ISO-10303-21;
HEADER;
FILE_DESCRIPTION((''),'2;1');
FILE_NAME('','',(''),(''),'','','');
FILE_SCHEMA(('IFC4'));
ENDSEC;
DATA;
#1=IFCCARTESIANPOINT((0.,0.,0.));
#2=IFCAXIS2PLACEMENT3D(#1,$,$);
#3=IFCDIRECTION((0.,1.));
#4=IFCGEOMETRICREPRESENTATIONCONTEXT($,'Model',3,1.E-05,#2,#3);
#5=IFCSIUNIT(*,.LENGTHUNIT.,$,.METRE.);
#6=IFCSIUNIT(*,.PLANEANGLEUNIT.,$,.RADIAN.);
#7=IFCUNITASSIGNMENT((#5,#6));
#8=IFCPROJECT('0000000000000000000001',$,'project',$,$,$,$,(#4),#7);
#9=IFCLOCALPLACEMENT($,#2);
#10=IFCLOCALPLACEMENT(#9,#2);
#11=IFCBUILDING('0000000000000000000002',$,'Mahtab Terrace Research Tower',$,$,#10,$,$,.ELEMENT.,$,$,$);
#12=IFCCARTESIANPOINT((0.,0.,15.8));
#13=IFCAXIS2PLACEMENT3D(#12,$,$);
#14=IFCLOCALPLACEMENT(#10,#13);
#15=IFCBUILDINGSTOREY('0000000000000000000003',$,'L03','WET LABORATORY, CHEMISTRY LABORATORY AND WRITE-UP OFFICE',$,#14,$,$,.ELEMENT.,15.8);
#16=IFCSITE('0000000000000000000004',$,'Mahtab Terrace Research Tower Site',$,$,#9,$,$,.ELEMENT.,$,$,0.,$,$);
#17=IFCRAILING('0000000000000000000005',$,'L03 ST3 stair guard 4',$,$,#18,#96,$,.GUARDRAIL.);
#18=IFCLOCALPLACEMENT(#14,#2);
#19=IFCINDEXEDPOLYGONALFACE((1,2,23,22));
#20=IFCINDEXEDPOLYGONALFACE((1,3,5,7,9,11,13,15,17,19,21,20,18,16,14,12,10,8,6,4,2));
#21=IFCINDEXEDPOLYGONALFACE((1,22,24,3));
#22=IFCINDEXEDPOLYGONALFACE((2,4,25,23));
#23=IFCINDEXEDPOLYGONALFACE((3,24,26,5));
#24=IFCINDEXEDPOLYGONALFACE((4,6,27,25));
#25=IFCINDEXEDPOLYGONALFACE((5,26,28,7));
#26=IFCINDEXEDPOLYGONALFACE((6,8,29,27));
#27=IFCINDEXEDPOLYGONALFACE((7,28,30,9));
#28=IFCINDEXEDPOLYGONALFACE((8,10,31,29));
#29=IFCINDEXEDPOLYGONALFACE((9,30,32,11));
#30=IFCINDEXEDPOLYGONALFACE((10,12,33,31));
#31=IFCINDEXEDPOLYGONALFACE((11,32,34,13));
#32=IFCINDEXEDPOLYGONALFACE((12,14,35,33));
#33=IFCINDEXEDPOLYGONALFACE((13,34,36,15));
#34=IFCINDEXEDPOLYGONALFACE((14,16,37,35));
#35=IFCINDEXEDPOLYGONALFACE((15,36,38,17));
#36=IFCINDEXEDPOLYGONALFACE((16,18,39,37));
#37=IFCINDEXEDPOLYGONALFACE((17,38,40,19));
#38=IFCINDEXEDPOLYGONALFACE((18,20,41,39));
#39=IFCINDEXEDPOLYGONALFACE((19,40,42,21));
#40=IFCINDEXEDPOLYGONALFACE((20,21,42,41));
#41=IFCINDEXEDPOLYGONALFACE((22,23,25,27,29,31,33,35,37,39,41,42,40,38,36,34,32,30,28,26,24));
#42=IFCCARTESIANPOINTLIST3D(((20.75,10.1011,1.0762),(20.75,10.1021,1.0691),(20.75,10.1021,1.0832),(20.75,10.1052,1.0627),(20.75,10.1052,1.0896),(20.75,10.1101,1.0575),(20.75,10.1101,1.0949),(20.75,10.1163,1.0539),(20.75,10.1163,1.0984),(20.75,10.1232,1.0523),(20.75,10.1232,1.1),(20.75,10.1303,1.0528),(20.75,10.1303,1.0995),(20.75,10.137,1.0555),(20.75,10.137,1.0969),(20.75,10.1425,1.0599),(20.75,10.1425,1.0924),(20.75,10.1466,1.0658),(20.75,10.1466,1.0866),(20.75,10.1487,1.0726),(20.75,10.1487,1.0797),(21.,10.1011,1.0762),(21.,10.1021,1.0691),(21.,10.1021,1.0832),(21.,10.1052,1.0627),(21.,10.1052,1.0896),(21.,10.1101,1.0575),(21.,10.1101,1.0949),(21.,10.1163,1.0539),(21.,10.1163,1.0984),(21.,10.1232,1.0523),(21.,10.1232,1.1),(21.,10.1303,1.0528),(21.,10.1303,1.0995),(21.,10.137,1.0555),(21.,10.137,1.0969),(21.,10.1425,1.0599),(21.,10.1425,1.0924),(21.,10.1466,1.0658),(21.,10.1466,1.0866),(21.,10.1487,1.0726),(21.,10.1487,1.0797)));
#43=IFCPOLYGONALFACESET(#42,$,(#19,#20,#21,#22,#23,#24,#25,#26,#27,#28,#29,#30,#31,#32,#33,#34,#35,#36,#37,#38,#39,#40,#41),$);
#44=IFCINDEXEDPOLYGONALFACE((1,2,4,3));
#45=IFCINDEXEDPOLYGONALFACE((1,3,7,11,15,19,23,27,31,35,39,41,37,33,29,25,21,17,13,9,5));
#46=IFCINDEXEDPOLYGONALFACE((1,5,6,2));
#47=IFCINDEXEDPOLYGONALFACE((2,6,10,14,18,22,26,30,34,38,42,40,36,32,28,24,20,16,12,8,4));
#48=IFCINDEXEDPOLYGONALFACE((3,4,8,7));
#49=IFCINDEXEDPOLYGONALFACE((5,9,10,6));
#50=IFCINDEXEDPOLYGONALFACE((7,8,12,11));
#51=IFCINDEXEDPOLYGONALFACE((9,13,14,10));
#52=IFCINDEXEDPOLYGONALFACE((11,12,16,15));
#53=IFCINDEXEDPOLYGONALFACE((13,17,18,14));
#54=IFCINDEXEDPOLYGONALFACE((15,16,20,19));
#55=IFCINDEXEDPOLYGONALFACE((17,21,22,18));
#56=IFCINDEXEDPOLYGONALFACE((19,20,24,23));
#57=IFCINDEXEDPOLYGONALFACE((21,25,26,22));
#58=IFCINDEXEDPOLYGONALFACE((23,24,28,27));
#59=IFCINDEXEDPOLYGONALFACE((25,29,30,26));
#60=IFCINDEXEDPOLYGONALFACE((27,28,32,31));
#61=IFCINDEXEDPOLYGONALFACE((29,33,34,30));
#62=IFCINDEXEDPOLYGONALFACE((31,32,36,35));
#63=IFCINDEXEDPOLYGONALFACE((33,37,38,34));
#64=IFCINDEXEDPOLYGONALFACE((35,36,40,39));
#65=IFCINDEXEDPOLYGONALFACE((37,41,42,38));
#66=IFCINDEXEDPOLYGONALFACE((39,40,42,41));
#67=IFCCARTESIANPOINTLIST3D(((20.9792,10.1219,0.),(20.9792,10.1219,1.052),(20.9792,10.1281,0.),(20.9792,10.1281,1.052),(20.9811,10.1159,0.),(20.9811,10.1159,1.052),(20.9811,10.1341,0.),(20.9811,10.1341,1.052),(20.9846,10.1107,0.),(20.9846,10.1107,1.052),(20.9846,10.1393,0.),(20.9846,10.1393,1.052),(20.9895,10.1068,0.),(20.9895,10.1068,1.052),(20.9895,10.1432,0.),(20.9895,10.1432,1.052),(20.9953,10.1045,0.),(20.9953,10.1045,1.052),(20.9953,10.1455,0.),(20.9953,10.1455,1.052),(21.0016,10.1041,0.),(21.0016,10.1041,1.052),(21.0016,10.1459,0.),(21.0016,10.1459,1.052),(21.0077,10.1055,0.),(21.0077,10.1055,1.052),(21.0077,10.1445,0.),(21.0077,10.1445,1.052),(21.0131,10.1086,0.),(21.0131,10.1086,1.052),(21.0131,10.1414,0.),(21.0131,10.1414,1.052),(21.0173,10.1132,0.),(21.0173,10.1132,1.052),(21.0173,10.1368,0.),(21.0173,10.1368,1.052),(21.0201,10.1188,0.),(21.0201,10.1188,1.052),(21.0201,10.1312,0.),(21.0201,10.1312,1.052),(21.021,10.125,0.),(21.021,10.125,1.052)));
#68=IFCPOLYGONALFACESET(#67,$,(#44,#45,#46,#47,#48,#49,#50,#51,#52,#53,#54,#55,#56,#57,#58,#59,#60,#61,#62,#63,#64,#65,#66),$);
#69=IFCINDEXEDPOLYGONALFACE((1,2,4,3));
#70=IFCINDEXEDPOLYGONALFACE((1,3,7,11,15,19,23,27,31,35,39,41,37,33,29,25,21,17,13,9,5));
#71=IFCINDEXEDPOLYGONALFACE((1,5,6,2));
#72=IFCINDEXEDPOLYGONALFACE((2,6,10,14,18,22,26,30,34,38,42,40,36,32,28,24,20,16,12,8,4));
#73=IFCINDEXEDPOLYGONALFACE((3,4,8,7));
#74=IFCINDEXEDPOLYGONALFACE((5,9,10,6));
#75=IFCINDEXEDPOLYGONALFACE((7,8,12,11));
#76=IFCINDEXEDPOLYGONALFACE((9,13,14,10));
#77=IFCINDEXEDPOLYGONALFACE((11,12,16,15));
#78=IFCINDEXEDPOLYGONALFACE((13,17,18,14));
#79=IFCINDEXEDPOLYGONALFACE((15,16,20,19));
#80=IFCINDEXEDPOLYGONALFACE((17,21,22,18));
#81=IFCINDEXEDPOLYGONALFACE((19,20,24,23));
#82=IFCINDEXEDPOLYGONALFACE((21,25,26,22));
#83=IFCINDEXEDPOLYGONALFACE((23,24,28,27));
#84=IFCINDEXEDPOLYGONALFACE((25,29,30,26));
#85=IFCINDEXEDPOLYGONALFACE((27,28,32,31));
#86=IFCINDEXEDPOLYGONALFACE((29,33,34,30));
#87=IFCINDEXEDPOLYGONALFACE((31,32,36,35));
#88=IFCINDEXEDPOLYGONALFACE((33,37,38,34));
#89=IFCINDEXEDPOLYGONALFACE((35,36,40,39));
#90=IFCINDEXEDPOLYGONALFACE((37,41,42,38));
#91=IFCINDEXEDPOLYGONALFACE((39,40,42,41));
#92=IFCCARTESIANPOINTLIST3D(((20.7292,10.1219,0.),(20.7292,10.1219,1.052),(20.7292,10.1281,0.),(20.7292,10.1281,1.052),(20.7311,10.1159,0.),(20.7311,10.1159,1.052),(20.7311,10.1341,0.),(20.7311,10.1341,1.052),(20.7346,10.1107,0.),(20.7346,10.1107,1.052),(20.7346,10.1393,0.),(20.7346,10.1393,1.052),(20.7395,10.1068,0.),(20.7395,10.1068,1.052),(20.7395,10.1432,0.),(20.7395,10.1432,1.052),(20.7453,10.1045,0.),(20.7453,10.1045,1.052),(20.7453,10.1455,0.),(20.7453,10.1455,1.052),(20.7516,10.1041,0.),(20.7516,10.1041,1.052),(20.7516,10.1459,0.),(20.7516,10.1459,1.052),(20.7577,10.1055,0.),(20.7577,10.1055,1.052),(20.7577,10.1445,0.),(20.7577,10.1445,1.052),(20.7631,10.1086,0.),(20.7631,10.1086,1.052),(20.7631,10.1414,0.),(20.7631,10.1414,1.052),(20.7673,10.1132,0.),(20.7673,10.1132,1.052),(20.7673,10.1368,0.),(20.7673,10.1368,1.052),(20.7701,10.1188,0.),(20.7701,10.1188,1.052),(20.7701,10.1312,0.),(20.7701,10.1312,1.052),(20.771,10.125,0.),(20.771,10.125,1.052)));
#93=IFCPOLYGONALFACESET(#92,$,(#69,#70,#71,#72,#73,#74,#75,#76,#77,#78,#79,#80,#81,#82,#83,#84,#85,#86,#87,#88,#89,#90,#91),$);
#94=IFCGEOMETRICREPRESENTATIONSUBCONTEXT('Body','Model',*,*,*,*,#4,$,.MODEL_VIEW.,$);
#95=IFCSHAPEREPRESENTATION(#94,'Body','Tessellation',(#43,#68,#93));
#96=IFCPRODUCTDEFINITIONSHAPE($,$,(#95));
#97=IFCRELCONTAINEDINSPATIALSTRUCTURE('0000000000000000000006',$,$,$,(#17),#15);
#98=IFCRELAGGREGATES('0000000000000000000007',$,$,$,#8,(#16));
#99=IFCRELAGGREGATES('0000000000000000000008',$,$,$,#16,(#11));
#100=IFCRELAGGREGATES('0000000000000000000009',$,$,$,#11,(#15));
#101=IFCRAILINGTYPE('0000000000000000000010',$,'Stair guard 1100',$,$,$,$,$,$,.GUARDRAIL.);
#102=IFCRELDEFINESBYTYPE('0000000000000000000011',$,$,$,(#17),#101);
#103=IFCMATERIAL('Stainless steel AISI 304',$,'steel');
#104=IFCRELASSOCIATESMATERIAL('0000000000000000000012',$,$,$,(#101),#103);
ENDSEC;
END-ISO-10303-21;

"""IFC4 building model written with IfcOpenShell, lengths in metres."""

from ifc_helpers import new_model, si_unit, direction, frame, origin, origin_2d, place, context, subcontext, project, spatial, circle, extrude, material, type_object, element, save


model = new_model("IFC4")

# Units and contexts
model_context = context("Model", 3, precision=1e-05, world=origin(), true_north=direction((0.0, 1.0)))
body_context = subcontext(model_context, "Body", "Model", "MODEL_VIEW")
ifc_project = project(units=[si_unit("LENGTHUNIT", "METRE"), si_unit("PLANEANGLEUNIT", "RADIAN")], contexts=[model_context])

# Site, building, storey
site_placement = place(None, origin())
site = spatial("IfcSite", under=ifc_project, at=site_placement, Name="Mahtab Terrace Research Tower Site", CompositionType="ELEMENT", RefElevation=0.0)
building_placement = place(site_placement, origin())
building = spatial("IfcBuilding", under=site, at=building_placement, Name="Mahtab Terrace Research Tower", CompositionType="ELEMENT")
storey_placement = place(building_placement, frame((0.0, 0.0, 15.8)))
storey = spatial("IfcBuildingStorey", under=building, at=storey_placement, Name="L03", Description="WET LABORATORY, CHEMISTRY LABORATORY AND WRITE-UP OFFICE", CompositionType="ELEMENT", Elevation=15.8)

# Shared definitions
ifc_material_1 = material(Name="Stainless steel AISI 304", Category="steel")

# Railing
railing_type_1 = type_object("IfcRailingType", Name="Stair guard 1100", PredefinedType="GUARDRAIL", material=ifc_material_1)
railing_1_placement = place(storey_placement, frame((21.0, 10.125, 0.0)))
element("IfcRailing", 1, at=railing_1_placement, inside=storey, type_object=railing_type_1, Name="L03 ST3 stair guard 4", PredefinedType="GUARDRAIL", context=body_context, shape_type="SweptSolid", body=[
    extrude(circle(Radius=0.0239, at=origin_2d()), frame((0.0, 0.0, 1.0762), z_axis=(-1.0, 0.0, 0.0), x_axis=(0.0, -1.0, 0.0)), (0.0, 0.0, 1.0), 0.25),
    extrude(circle(Radius=0.021, at=origin_2d()), origin(), (0.0, 0.0, 1.0), 1.052),
    extrude(circle(Radius=0.021, at=origin_2d()), frame((-0.25, 0.0, 0.0)), (0.0, 0.0, 1.0), 1.052),
])

save(model, "model.ifc")
